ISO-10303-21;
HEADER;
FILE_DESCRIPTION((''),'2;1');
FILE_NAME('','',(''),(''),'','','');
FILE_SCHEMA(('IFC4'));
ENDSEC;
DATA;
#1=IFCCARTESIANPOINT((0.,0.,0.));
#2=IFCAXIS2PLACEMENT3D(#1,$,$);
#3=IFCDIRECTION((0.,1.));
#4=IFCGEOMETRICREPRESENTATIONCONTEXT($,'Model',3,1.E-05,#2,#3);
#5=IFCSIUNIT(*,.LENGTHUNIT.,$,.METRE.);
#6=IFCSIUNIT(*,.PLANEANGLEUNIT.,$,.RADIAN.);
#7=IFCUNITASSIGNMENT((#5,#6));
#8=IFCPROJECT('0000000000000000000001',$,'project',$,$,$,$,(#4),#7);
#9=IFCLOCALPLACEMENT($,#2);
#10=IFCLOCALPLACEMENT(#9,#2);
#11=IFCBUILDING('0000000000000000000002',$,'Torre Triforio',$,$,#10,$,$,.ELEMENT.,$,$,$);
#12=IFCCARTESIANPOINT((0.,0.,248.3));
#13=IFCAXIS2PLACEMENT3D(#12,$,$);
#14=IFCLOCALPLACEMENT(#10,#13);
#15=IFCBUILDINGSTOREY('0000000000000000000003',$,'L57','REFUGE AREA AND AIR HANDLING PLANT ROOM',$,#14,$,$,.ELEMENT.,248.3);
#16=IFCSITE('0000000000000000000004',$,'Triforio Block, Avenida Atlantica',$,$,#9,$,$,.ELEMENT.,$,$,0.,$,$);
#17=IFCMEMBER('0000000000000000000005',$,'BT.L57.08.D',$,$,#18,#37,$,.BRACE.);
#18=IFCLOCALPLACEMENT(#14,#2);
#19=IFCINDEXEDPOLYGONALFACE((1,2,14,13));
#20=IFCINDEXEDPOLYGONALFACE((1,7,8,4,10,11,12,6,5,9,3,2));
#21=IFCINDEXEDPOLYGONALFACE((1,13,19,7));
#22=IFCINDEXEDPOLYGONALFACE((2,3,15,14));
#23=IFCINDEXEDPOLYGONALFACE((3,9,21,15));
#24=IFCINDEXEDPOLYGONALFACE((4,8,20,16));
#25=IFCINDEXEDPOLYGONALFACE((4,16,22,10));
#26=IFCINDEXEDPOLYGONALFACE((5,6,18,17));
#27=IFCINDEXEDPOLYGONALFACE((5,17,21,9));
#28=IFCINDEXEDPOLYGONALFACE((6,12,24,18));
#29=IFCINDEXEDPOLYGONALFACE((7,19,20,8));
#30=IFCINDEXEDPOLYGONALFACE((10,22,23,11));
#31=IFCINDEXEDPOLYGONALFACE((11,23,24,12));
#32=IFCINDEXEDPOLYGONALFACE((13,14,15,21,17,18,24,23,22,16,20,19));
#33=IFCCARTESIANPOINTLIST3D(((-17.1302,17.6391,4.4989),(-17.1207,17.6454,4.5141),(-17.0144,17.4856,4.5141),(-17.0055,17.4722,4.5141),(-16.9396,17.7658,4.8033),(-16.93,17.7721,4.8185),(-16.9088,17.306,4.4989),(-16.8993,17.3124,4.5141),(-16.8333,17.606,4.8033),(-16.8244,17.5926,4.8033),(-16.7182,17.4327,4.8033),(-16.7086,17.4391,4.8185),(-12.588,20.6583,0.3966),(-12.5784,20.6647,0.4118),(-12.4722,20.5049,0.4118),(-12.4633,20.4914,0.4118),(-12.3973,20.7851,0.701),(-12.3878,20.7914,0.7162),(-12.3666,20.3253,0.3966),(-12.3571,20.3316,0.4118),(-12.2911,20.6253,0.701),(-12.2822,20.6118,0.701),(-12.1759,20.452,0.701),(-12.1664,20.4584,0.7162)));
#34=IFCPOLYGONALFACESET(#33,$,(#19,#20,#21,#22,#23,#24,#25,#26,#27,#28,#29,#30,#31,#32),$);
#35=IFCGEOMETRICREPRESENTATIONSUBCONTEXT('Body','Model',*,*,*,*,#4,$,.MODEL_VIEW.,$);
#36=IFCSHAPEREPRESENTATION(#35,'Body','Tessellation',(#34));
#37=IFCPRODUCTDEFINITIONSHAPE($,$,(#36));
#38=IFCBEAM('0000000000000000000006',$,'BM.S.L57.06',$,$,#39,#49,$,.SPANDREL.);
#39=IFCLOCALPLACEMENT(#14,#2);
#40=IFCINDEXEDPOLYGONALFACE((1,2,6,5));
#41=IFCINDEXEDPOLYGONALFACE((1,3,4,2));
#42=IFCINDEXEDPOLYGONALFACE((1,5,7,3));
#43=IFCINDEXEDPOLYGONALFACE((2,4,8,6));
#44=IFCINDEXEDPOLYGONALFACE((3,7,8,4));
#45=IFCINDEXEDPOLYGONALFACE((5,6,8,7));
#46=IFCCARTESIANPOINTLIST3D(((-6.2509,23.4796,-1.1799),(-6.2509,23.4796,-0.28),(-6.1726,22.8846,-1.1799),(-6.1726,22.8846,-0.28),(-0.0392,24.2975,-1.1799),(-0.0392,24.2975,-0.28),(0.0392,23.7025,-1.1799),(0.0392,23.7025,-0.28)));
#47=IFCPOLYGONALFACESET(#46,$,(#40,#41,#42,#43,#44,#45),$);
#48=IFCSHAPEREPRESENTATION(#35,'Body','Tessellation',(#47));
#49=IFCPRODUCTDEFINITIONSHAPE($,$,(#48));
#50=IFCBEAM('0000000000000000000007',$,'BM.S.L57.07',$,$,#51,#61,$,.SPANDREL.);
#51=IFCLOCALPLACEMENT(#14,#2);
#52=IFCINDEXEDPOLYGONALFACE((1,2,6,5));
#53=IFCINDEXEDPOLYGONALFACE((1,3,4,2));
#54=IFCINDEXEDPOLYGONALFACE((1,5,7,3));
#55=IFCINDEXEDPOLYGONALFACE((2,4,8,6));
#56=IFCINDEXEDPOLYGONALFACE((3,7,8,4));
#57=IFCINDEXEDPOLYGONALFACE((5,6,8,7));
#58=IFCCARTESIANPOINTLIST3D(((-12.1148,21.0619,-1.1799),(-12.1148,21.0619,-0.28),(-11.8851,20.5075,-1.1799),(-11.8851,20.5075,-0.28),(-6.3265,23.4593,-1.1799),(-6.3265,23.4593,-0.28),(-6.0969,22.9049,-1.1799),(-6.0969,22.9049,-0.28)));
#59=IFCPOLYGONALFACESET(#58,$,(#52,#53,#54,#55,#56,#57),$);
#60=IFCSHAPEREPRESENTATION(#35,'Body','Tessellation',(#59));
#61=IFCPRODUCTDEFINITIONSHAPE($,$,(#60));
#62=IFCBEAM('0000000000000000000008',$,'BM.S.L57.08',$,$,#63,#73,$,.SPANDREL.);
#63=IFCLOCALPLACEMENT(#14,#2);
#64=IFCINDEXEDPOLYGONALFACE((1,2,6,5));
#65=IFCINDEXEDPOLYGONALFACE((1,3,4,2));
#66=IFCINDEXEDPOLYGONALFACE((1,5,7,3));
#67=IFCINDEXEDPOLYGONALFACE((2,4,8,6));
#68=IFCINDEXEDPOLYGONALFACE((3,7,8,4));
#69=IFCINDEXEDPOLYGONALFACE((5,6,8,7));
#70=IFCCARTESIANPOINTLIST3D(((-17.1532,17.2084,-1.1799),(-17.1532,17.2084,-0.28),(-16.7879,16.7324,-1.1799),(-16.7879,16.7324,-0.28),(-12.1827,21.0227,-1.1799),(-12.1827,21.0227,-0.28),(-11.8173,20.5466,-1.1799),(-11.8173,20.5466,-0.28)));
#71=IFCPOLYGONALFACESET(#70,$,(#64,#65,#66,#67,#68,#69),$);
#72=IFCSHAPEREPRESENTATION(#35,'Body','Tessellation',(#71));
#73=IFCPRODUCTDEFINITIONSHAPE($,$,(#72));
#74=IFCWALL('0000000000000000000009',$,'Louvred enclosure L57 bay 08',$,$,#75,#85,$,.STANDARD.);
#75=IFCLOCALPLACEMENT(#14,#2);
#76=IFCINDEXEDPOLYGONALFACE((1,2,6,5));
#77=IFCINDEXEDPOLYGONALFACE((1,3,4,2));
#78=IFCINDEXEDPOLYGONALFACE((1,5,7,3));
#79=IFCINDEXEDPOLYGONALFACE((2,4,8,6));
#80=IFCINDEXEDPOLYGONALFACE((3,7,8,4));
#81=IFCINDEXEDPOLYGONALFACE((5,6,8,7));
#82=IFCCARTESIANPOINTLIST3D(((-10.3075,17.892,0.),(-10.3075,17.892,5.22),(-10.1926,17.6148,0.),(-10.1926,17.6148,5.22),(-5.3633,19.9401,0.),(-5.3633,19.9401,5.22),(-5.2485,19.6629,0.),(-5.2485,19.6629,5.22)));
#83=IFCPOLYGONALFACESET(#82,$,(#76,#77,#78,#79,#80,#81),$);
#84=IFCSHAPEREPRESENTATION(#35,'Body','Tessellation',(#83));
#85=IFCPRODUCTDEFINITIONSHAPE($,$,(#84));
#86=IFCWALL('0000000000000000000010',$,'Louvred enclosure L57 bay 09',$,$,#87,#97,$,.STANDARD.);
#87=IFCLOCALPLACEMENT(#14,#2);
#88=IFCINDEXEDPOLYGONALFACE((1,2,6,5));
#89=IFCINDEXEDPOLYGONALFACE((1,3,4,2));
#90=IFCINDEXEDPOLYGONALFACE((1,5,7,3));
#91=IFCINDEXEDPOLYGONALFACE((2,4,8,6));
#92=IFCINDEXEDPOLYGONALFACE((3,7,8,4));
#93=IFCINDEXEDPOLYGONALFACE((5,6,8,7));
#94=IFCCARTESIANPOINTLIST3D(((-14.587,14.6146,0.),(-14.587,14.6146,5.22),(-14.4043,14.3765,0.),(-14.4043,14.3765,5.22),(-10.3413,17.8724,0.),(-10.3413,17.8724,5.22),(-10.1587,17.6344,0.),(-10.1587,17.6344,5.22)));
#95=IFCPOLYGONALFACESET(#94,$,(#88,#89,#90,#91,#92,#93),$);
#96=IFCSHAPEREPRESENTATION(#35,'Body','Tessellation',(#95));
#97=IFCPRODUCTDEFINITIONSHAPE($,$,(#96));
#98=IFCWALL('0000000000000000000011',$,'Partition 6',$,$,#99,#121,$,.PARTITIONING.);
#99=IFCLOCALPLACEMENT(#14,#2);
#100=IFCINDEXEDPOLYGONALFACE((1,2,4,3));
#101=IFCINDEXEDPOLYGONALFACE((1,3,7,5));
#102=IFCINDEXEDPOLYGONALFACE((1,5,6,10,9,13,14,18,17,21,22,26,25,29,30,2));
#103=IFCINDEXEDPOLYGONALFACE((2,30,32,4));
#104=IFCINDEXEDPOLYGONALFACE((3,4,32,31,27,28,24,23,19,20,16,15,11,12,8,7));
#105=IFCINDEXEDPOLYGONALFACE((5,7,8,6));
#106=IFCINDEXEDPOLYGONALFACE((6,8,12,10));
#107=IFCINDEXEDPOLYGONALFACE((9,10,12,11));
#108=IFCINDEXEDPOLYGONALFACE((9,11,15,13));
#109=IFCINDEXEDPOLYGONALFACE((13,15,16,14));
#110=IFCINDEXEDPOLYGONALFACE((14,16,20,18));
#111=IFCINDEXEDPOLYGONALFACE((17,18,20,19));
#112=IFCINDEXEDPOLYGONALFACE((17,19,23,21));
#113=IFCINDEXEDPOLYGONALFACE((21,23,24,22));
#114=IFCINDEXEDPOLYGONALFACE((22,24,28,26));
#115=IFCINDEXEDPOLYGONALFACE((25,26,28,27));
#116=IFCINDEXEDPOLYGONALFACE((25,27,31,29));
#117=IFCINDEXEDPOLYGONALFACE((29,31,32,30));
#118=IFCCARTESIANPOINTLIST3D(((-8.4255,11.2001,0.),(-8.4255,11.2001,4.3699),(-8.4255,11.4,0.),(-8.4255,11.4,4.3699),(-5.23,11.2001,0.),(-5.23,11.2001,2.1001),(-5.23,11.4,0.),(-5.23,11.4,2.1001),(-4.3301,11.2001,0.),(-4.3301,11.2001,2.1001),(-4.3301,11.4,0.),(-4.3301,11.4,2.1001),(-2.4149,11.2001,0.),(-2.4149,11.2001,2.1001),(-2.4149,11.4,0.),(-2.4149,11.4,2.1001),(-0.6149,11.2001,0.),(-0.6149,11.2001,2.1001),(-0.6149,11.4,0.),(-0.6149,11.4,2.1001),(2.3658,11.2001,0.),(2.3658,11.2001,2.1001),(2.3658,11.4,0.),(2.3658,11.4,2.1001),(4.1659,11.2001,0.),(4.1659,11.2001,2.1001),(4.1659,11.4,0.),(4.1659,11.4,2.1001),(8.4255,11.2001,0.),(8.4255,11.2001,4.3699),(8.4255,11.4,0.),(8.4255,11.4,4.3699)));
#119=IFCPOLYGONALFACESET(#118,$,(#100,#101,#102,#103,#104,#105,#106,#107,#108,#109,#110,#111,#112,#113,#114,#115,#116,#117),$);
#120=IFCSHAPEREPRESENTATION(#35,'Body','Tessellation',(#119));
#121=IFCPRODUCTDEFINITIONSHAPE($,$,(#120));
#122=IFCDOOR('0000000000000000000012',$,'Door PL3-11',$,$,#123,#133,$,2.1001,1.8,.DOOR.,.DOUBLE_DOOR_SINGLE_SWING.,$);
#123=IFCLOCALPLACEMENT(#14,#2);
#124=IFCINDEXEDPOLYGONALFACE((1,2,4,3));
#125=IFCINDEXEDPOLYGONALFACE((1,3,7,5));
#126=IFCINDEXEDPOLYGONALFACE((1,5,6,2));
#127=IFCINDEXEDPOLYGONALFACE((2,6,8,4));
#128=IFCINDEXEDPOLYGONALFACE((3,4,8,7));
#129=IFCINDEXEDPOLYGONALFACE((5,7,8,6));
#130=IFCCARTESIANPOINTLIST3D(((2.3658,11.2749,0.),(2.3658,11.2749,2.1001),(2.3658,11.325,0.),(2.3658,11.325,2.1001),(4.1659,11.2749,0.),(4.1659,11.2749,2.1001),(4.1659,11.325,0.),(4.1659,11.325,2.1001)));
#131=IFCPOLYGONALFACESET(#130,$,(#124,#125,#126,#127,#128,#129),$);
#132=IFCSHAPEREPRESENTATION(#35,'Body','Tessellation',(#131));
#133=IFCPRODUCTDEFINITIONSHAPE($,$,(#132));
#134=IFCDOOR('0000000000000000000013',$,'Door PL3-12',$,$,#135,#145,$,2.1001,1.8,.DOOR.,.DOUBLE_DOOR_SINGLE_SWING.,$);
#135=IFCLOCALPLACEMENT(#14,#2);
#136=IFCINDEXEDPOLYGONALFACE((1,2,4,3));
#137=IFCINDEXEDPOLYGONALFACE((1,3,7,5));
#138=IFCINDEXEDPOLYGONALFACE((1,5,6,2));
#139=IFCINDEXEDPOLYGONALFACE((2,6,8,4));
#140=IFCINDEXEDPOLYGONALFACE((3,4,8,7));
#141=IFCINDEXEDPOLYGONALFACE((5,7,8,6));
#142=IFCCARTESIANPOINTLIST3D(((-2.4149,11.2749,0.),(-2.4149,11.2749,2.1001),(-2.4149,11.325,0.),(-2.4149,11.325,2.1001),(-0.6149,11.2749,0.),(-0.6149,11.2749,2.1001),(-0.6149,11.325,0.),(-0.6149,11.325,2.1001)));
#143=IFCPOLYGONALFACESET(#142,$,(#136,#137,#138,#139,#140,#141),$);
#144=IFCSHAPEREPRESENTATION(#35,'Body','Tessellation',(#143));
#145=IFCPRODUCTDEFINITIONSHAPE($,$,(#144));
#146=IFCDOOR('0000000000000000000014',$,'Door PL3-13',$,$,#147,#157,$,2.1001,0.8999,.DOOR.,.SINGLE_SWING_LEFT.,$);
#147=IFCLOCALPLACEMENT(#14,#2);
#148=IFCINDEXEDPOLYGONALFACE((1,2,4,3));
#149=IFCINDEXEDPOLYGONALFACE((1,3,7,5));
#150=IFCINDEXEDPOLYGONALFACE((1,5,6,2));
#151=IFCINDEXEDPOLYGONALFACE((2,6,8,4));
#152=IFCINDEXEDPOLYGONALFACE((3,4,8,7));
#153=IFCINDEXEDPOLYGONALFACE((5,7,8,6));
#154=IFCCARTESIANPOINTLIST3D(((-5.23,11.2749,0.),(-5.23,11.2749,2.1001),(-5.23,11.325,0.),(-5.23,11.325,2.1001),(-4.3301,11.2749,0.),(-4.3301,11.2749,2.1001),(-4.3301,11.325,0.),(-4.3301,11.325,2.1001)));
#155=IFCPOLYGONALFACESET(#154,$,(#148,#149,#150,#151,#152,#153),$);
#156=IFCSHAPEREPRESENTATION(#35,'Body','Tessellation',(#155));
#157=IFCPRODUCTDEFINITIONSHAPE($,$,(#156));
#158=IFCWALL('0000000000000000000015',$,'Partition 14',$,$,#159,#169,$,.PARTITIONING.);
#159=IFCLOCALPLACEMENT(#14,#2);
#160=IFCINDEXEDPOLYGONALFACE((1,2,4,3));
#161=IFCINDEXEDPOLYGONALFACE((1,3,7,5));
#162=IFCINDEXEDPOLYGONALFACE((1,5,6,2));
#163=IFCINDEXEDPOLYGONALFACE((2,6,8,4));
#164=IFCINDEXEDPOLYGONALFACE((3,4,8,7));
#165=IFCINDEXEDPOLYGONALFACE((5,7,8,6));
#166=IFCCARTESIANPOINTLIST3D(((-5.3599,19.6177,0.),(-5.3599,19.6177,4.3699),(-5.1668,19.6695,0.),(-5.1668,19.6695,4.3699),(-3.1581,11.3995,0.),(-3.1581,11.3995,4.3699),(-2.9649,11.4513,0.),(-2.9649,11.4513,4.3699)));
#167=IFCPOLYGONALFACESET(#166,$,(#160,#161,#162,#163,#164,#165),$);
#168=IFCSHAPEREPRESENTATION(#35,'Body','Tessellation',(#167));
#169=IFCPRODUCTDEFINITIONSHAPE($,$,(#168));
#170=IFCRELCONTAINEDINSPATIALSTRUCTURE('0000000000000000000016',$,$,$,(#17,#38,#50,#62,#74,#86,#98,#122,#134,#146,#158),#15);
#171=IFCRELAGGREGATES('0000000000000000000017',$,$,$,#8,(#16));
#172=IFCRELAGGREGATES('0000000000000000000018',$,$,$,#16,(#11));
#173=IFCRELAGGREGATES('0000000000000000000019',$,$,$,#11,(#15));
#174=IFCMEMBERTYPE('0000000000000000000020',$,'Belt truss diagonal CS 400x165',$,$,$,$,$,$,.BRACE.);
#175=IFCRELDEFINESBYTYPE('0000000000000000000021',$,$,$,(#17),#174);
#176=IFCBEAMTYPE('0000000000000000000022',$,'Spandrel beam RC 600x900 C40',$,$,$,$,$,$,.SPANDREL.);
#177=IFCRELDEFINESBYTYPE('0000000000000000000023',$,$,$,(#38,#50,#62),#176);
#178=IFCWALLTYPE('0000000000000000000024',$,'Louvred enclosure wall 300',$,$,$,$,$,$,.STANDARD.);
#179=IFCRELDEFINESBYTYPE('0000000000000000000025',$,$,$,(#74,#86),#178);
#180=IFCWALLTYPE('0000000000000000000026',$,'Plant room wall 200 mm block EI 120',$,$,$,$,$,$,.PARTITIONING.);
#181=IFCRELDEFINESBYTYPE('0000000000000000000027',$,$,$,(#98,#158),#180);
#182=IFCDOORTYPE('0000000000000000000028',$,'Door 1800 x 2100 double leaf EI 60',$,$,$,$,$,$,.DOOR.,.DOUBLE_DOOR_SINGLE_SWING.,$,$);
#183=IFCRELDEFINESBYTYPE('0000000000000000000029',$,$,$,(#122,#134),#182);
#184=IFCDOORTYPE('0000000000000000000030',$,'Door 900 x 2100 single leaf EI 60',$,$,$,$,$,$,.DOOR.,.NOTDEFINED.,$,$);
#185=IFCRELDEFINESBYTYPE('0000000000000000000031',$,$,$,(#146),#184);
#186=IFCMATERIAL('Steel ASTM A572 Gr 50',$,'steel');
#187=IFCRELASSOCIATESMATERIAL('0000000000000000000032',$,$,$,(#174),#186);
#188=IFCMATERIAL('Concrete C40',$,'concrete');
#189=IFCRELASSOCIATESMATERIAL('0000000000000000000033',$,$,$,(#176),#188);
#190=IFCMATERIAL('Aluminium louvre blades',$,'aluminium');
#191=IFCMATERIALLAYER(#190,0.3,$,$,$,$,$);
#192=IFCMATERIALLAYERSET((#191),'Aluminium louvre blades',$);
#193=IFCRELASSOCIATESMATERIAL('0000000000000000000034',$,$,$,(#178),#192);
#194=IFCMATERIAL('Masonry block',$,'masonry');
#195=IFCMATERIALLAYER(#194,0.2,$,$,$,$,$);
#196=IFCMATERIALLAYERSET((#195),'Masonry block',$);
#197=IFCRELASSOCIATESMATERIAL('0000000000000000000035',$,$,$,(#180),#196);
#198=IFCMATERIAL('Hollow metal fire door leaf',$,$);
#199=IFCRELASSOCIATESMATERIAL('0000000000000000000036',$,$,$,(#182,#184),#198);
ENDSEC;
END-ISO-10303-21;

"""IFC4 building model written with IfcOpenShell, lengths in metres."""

from ifc_helpers import new_model, si_unit, direction, frame, frame_2d, origin, origin_2d, place, context, subcontext, project, spatial, rectangle, i_section, extrude, material, layer, layer_set, material_profile, profile_set, type_object, element, fill, save


model = new_model("IFC4")

# Units and contexts
model_context = context("Model", 3, precision=1e-05, world=origin(), true_north=direction((0.0, 1.0)))
body_context = subcontext(model_context, "Body", "Model", "MODEL_VIEW")
ifc_project = project(units=[si_unit("LENGTHUNIT", "METRE"), si_unit("PLANEANGLEUNIT", "RADIAN")], contexts=[model_context])

# Site, building, storey
site_placement = place(None, origin())
site = spatial("IfcSite", under=ifc_project, at=site_placement, Name="Triforio Block, Avenida Atlantica", CompositionType="ELEMENT", RefElevation=0.0)
building_placement = place(site_placement, origin())
building = spatial("IfcBuilding", under=site, at=building_placement, Name="Torre Triforio", CompositionType="ELEMENT")
storey_placement = place(building_placement, frame((0.0, 0.0, 248.3)))
storey = spatial("IfcBuildingStorey", under=building, at=storey_placement, Name="L57", Description="REFUGE AREA AND AIR HANDLING PLANT ROOM", CompositionType="ELEMENT", Elevation=248.3)

# Member
ifc_material_1 = material(Name="Steel ASTM A572 Gr 50", Category="steel")
ifc_material_profile_1 = material_profile(ifc_material_1, i_section(OverallWidth=0.3999, OverallDepth=0.3999, WebThickness=0.0161, FlangeThickness=0.019, at=origin_2d()), Name="CS 400x165")
ifc_profile_set_1 = profile_set([ifc_material_profile_1], Name="Steel ASTM A572 Gr 50")
member_type_1 = type_object("IfcMemberType", Name="Belt truss diagonal CS 400x165", PredefinedType="BRACE", material=ifc_profile_set_1)
member_1_placement = place(storey_placement, frame((-12.3772, 20.5583, 0.5564), z_axis=(-0.665556, -0.442404, 0.601093), x_axis=(0.553574, -0.8328, 0.0)))
element("IfcMember", 1, at=member_1_placement, inside=storey, type_object=member_type_1, Name="BT.L57.08.D", PredefinedType="BRACE", context=body_context, shape_type="SweptSolid", body=[
    extrude(i_section(OverallWidth=0.3999, OverallDepth=0.3999, WebThickness=0.0161, FlangeThickness=0.019, at=origin_2d()), origin(), (0.0, 0.0, 1.0), 6.8247),
])

# Beams
ifc_material_2 = material(Name="Concrete C40", Category="concrete")
ifc_material_profile_2 = material_profile(ifc_material_2, rectangle(XDim=0.6001, YDim=0.8999, at=origin_2d()), Name="RC 600x900")
ifc_profile_set_2 = profile_set([ifc_material_profile_2], Name="Concrete C40")
beam_type = type_object("IfcBeamType", Name="Spandrel beam RC 600x900 C40", PredefinedType="SPANDREL", material=ifc_profile_set_2)
beam_1_placement = place(storey_placement, frame((0.0, 24.0, -0.73), z_axis=(-0.991443, -0.13054, 0.0), x_axis=(0.13054, -0.991443, 0.0)))
element("IfcBeam", 2, at=beam_1_placement, inside=storey, type_object=beam_type, Name="BM.S.L57.06", PredefinedType="SPANDREL", context=body_context, shape_type="SweptSolid", body=[
    extrude(rectangle(XDim=0.6001, YDim=0.8999, at=origin_2d()), origin(), (0.0, 0.0, 1.0), 6.2654),
])
beam_2_placement = place(storey_placement, frame((-6.2117, 23.1821, -0.73), z_axis=(-0.923888, -0.382664, 0.0), x_axis=(0.382664, -0.923888, 0.0)))
element("IfcBeam", 3, at=beam_2_placement, inside=storey, type_object=beam_type, Name="BM.S.L57.07", PredefinedType="SPANDREL", context=body_context, shape_type="SweptSolid", body=[
    extrude(rectangle(XDim=0.6001, YDim=0.8999, at=origin_2d()), origin(), (0.0, 0.0, 1.0), 6.2651),
])
beam_3_placement = place(storey_placement, frame((-12.0, 20.7847, -0.73), z_axis=(-0.793335, -0.608786, 0.0), x_axis=(0.608786, -0.793335, 0.0)))
element("IfcBeam", 4, at=beam_3_placement, inside=storey, type_object=beam_type, Name="BM.S.L57.08", PredefinedType="SPANDREL", context=body_context, shape_type="SweptSolid", body=[
    extrude(rectangle(XDim=0.6001, YDim=0.8999, at=origin_2d()), origin(), (0.0, 0.0, 1.0), 6.2654),
])

# Walls
ifc_material_3 = material(Name="Aluminium louvre blades", Category="aluminium")
ifc_layer_1 = layer(ifc_material_3, 0.3)
ifc_layer_set_1 = layer_set([ifc_layer_1], Name="Aluminium louvre blades")
wall_type_1 = type_object("IfcWallType", Name="Louvred enclosure wall 300", PredefinedType="STANDARD", material=ifc_layer_set_1)
for number, where, z_axis, x_axis, name in (
    (5, (-5.3059, 19.8015, 0.0), (0.0, 0.0, 1.0), (-0.923867, -0.382713, 0.0), "Louvred enclosure L57 bay 08"),
    (6, (-10.25, 17.7534, 0.0), (0.0, 0.0, 1.0), (-0.793349, -0.608767, 0.0), "Louvred enclosure L57 bay 09"),
):
    element("IfcWall", number, at=place(storey_placement, frame(where, z_axis=z_axis, x_axis=x_axis)), inside=storey, type_object=wall_type_1, Name=name, PredefinedType="STANDARD", context=body_context, shape_type="SweptSolid", body=[
        extrude(rectangle(XDim=5.3516, YDim=0.3, at=frame_2d((2.6758, 0.0))), origin(), (0.0, 0.0, 1.0), 5.22),
    ])

# Wall, openings, doors
ifc_material_4 = material(Name="Masonry block", Category="masonry")
ifc_layer_2 = layer(ifc_material_4, 0.2)
ifc_layer_set_2 = layer_set([ifc_layer_2], Name="Masonry block")
wall_type_2 = type_object("IfcWallType", Name="Plant room wall 200 mm block EI 120", PredefinedType="PARTITIONING", material=ifc_layer_set_2)
wall_1_placement = place(storey_placement, frame((-8.4255, 11.3, 0.0), z_axis=(0.0, 0.0, 1.0), x_axis=(1.0, 0.0, 0.0)))
wall_1 = element("IfcWall", 7, at=wall_1_placement, inside=storey, type_object=wall_type_2, Name="Partition 6", PredefinedType="PARTITIONING", context=body_context, shape_type="SweptSolid", body=[
    extrude(rectangle(XDim=16.8511, YDim=0.2, at=frame_2d((8.4255, 0.0))), origin(), (0.0, 0.0, 1.0), 4.3699),
])
opening_1_placement = place(wall_1_placement, frame((10.7915, 0.0, 0.0)))
opening_1 = element("IfcOpeningElement", 8, at=opening_1_placement, cuts=wall_1, PredefinedType="OPENING", context=body_context, shape_type="SweptSolid", body=[
    extrude(rectangle(XDim=1.8, YDim=2.1001, at=frame_2d((0.8999, 1.05))), frame((0.0, 0.1099, 0.0), z_axis=(0.0, -1.0, 0.0), x_axis=(1.0, 0.0, 0.0)), (0.0, 0.0, 1.0), 0.22),
])
opening_2_placement = place(wall_1_placement, frame((6.0107, 0.0, 0.0)))
opening_2 = element("IfcOpeningElement", 9, at=opening_2_placement, cuts=wall_1, PredefinedType="OPENING", context=body_context, shape_type="SweptSolid", body=[
    extrude(rectangle(XDim=1.8, YDim=2.1001, at=frame_2d((0.8999, 1.05))), frame((0.0, 0.1099, 0.0), z_axis=(0.0, -1.0, 0.0), x_axis=(1.0, 0.0, 0.0)), (0.0, 0.0, 1.0), 0.22),
])
opening_3_placement = place(wall_1_placement, frame((3.1956, 0.0, 0.0)))
opening_3 = element("IfcOpeningElement", 10, at=opening_3_placement, cuts=wall_1, PredefinedType="OPENING", context=body_context, shape_type="SweptSolid", body=[
    extrude(rectangle(XDim=0.8999, YDim=2.1001, at=frame_2d((0.45, 1.05))), frame((0.0, 0.1099, 0.0), z_axis=(0.0, -1.0, 0.0), x_axis=(1.0, 0.0, 0.0)), (0.0, 0.0, 1.0), 0.22),
])
ifc_material_5 = material(Name="Hollow metal fire door leaf")
door_type_1 = type_object("IfcDoorType", Name="Door 1800 x 2100 double leaf EI 60", OperationType="DOUBLE_DOOR_SINGLE_SWING", PredefinedType="DOOR", material=ifc_material_5)
door_1_placement = place(opening_1_placement, origin())
door_1 = element("IfcDoor", 11, at=door_1_placement, inside=storey, type_object=door_type_1, Name="Door PL3-11", OperationType="DOUBLE_DOOR_SINGLE_SWING", OverallHeight=2.1001, OverallWidth=1.8, PredefinedType="DOOR", context=body_context, shape_type="SweptSolid", body=[
    extrude(rectangle(XDim=1.8, YDim=2.1001, at=frame_2d((0.8999, 1.05))), frame((0.0, 0.0249, 0.0), z_axis=(0.0, -1.0, 0.0), x_axis=(1.0, 0.0, 0.0)), (0.0, 0.0, 1.0), 0.05),
])
fill(opening_1, door_1)
door_2_placement = place(opening_2_placement, origin())
door_2 = element("IfcDoor", 12, at=door_2_placement, inside=storey, type_object=door_type_1, Name="Door PL3-12", OperationType="DOUBLE_DOOR_SINGLE_SWING", OverallHeight=2.1001, OverallWidth=1.8, PredefinedType="DOOR", context=body_context, shape_type="SweptSolid", body=[
    extrude(rectangle(XDim=1.8, YDim=2.1001, at=frame_2d((0.8999, 1.05))), frame((0.0, 0.0249, 0.0), z_axis=(0.0, -1.0, 0.0), x_axis=(1.0, 0.0, 0.0)), (0.0, 0.0, 1.0), 0.05),
])
fill(opening_2, door_2)
door_type_2 = type_object("IfcDoorType", Name="Door 900 x 2100 single leaf EI 60", OperationType="NOTDEFINED", PredefinedType="DOOR", material=ifc_material_5)
door_3_placement = place(opening_3_placement, origin())
door_3 = element("IfcDoor", 13, at=door_3_placement, inside=storey, type_object=door_type_2, Name="Door PL3-13", OperationType="SINGLE_SWING_LEFT", OverallHeight=2.1001, OverallWidth=0.8999, PredefinedType="DOOR", context=body_context, shape_type="SweptSolid", body=[
    extrude(rectangle(XDim=0.8999, YDim=2.1001, at=frame_2d((0.45, 1.05))), frame((0.0, 0.0249, 0.0), z_axis=(0.0, -1.0, 0.0), x_axis=(1.0, 0.0, 0.0)), (0.0, 0.0, 1.0), 0.05),
])
fill(opening_3, door_3)

# Wall
wall_2_placement = place(storey_placement, frame((-3.0615, 11.4255, 0.0), z_axis=(0.0, 0.0, 1.0), x_axis=(-0.2588, 0.965931, 0.0)))
element("IfcWall", 14, at=wall_2_placement, inside=storey, type_object=wall_type_2, Name="Partition 14", PredefinedType="PARTITIONING", context=body_context, shape_type="SweptSolid", body=[
    extrude(rectangle(XDim=8.5081, YDim=0.2, at=frame_2d((4.2539, 0.0))), origin(), (0.0, 0.0, 1.0), 4.3699),
])

save(model, "model.ifc")
